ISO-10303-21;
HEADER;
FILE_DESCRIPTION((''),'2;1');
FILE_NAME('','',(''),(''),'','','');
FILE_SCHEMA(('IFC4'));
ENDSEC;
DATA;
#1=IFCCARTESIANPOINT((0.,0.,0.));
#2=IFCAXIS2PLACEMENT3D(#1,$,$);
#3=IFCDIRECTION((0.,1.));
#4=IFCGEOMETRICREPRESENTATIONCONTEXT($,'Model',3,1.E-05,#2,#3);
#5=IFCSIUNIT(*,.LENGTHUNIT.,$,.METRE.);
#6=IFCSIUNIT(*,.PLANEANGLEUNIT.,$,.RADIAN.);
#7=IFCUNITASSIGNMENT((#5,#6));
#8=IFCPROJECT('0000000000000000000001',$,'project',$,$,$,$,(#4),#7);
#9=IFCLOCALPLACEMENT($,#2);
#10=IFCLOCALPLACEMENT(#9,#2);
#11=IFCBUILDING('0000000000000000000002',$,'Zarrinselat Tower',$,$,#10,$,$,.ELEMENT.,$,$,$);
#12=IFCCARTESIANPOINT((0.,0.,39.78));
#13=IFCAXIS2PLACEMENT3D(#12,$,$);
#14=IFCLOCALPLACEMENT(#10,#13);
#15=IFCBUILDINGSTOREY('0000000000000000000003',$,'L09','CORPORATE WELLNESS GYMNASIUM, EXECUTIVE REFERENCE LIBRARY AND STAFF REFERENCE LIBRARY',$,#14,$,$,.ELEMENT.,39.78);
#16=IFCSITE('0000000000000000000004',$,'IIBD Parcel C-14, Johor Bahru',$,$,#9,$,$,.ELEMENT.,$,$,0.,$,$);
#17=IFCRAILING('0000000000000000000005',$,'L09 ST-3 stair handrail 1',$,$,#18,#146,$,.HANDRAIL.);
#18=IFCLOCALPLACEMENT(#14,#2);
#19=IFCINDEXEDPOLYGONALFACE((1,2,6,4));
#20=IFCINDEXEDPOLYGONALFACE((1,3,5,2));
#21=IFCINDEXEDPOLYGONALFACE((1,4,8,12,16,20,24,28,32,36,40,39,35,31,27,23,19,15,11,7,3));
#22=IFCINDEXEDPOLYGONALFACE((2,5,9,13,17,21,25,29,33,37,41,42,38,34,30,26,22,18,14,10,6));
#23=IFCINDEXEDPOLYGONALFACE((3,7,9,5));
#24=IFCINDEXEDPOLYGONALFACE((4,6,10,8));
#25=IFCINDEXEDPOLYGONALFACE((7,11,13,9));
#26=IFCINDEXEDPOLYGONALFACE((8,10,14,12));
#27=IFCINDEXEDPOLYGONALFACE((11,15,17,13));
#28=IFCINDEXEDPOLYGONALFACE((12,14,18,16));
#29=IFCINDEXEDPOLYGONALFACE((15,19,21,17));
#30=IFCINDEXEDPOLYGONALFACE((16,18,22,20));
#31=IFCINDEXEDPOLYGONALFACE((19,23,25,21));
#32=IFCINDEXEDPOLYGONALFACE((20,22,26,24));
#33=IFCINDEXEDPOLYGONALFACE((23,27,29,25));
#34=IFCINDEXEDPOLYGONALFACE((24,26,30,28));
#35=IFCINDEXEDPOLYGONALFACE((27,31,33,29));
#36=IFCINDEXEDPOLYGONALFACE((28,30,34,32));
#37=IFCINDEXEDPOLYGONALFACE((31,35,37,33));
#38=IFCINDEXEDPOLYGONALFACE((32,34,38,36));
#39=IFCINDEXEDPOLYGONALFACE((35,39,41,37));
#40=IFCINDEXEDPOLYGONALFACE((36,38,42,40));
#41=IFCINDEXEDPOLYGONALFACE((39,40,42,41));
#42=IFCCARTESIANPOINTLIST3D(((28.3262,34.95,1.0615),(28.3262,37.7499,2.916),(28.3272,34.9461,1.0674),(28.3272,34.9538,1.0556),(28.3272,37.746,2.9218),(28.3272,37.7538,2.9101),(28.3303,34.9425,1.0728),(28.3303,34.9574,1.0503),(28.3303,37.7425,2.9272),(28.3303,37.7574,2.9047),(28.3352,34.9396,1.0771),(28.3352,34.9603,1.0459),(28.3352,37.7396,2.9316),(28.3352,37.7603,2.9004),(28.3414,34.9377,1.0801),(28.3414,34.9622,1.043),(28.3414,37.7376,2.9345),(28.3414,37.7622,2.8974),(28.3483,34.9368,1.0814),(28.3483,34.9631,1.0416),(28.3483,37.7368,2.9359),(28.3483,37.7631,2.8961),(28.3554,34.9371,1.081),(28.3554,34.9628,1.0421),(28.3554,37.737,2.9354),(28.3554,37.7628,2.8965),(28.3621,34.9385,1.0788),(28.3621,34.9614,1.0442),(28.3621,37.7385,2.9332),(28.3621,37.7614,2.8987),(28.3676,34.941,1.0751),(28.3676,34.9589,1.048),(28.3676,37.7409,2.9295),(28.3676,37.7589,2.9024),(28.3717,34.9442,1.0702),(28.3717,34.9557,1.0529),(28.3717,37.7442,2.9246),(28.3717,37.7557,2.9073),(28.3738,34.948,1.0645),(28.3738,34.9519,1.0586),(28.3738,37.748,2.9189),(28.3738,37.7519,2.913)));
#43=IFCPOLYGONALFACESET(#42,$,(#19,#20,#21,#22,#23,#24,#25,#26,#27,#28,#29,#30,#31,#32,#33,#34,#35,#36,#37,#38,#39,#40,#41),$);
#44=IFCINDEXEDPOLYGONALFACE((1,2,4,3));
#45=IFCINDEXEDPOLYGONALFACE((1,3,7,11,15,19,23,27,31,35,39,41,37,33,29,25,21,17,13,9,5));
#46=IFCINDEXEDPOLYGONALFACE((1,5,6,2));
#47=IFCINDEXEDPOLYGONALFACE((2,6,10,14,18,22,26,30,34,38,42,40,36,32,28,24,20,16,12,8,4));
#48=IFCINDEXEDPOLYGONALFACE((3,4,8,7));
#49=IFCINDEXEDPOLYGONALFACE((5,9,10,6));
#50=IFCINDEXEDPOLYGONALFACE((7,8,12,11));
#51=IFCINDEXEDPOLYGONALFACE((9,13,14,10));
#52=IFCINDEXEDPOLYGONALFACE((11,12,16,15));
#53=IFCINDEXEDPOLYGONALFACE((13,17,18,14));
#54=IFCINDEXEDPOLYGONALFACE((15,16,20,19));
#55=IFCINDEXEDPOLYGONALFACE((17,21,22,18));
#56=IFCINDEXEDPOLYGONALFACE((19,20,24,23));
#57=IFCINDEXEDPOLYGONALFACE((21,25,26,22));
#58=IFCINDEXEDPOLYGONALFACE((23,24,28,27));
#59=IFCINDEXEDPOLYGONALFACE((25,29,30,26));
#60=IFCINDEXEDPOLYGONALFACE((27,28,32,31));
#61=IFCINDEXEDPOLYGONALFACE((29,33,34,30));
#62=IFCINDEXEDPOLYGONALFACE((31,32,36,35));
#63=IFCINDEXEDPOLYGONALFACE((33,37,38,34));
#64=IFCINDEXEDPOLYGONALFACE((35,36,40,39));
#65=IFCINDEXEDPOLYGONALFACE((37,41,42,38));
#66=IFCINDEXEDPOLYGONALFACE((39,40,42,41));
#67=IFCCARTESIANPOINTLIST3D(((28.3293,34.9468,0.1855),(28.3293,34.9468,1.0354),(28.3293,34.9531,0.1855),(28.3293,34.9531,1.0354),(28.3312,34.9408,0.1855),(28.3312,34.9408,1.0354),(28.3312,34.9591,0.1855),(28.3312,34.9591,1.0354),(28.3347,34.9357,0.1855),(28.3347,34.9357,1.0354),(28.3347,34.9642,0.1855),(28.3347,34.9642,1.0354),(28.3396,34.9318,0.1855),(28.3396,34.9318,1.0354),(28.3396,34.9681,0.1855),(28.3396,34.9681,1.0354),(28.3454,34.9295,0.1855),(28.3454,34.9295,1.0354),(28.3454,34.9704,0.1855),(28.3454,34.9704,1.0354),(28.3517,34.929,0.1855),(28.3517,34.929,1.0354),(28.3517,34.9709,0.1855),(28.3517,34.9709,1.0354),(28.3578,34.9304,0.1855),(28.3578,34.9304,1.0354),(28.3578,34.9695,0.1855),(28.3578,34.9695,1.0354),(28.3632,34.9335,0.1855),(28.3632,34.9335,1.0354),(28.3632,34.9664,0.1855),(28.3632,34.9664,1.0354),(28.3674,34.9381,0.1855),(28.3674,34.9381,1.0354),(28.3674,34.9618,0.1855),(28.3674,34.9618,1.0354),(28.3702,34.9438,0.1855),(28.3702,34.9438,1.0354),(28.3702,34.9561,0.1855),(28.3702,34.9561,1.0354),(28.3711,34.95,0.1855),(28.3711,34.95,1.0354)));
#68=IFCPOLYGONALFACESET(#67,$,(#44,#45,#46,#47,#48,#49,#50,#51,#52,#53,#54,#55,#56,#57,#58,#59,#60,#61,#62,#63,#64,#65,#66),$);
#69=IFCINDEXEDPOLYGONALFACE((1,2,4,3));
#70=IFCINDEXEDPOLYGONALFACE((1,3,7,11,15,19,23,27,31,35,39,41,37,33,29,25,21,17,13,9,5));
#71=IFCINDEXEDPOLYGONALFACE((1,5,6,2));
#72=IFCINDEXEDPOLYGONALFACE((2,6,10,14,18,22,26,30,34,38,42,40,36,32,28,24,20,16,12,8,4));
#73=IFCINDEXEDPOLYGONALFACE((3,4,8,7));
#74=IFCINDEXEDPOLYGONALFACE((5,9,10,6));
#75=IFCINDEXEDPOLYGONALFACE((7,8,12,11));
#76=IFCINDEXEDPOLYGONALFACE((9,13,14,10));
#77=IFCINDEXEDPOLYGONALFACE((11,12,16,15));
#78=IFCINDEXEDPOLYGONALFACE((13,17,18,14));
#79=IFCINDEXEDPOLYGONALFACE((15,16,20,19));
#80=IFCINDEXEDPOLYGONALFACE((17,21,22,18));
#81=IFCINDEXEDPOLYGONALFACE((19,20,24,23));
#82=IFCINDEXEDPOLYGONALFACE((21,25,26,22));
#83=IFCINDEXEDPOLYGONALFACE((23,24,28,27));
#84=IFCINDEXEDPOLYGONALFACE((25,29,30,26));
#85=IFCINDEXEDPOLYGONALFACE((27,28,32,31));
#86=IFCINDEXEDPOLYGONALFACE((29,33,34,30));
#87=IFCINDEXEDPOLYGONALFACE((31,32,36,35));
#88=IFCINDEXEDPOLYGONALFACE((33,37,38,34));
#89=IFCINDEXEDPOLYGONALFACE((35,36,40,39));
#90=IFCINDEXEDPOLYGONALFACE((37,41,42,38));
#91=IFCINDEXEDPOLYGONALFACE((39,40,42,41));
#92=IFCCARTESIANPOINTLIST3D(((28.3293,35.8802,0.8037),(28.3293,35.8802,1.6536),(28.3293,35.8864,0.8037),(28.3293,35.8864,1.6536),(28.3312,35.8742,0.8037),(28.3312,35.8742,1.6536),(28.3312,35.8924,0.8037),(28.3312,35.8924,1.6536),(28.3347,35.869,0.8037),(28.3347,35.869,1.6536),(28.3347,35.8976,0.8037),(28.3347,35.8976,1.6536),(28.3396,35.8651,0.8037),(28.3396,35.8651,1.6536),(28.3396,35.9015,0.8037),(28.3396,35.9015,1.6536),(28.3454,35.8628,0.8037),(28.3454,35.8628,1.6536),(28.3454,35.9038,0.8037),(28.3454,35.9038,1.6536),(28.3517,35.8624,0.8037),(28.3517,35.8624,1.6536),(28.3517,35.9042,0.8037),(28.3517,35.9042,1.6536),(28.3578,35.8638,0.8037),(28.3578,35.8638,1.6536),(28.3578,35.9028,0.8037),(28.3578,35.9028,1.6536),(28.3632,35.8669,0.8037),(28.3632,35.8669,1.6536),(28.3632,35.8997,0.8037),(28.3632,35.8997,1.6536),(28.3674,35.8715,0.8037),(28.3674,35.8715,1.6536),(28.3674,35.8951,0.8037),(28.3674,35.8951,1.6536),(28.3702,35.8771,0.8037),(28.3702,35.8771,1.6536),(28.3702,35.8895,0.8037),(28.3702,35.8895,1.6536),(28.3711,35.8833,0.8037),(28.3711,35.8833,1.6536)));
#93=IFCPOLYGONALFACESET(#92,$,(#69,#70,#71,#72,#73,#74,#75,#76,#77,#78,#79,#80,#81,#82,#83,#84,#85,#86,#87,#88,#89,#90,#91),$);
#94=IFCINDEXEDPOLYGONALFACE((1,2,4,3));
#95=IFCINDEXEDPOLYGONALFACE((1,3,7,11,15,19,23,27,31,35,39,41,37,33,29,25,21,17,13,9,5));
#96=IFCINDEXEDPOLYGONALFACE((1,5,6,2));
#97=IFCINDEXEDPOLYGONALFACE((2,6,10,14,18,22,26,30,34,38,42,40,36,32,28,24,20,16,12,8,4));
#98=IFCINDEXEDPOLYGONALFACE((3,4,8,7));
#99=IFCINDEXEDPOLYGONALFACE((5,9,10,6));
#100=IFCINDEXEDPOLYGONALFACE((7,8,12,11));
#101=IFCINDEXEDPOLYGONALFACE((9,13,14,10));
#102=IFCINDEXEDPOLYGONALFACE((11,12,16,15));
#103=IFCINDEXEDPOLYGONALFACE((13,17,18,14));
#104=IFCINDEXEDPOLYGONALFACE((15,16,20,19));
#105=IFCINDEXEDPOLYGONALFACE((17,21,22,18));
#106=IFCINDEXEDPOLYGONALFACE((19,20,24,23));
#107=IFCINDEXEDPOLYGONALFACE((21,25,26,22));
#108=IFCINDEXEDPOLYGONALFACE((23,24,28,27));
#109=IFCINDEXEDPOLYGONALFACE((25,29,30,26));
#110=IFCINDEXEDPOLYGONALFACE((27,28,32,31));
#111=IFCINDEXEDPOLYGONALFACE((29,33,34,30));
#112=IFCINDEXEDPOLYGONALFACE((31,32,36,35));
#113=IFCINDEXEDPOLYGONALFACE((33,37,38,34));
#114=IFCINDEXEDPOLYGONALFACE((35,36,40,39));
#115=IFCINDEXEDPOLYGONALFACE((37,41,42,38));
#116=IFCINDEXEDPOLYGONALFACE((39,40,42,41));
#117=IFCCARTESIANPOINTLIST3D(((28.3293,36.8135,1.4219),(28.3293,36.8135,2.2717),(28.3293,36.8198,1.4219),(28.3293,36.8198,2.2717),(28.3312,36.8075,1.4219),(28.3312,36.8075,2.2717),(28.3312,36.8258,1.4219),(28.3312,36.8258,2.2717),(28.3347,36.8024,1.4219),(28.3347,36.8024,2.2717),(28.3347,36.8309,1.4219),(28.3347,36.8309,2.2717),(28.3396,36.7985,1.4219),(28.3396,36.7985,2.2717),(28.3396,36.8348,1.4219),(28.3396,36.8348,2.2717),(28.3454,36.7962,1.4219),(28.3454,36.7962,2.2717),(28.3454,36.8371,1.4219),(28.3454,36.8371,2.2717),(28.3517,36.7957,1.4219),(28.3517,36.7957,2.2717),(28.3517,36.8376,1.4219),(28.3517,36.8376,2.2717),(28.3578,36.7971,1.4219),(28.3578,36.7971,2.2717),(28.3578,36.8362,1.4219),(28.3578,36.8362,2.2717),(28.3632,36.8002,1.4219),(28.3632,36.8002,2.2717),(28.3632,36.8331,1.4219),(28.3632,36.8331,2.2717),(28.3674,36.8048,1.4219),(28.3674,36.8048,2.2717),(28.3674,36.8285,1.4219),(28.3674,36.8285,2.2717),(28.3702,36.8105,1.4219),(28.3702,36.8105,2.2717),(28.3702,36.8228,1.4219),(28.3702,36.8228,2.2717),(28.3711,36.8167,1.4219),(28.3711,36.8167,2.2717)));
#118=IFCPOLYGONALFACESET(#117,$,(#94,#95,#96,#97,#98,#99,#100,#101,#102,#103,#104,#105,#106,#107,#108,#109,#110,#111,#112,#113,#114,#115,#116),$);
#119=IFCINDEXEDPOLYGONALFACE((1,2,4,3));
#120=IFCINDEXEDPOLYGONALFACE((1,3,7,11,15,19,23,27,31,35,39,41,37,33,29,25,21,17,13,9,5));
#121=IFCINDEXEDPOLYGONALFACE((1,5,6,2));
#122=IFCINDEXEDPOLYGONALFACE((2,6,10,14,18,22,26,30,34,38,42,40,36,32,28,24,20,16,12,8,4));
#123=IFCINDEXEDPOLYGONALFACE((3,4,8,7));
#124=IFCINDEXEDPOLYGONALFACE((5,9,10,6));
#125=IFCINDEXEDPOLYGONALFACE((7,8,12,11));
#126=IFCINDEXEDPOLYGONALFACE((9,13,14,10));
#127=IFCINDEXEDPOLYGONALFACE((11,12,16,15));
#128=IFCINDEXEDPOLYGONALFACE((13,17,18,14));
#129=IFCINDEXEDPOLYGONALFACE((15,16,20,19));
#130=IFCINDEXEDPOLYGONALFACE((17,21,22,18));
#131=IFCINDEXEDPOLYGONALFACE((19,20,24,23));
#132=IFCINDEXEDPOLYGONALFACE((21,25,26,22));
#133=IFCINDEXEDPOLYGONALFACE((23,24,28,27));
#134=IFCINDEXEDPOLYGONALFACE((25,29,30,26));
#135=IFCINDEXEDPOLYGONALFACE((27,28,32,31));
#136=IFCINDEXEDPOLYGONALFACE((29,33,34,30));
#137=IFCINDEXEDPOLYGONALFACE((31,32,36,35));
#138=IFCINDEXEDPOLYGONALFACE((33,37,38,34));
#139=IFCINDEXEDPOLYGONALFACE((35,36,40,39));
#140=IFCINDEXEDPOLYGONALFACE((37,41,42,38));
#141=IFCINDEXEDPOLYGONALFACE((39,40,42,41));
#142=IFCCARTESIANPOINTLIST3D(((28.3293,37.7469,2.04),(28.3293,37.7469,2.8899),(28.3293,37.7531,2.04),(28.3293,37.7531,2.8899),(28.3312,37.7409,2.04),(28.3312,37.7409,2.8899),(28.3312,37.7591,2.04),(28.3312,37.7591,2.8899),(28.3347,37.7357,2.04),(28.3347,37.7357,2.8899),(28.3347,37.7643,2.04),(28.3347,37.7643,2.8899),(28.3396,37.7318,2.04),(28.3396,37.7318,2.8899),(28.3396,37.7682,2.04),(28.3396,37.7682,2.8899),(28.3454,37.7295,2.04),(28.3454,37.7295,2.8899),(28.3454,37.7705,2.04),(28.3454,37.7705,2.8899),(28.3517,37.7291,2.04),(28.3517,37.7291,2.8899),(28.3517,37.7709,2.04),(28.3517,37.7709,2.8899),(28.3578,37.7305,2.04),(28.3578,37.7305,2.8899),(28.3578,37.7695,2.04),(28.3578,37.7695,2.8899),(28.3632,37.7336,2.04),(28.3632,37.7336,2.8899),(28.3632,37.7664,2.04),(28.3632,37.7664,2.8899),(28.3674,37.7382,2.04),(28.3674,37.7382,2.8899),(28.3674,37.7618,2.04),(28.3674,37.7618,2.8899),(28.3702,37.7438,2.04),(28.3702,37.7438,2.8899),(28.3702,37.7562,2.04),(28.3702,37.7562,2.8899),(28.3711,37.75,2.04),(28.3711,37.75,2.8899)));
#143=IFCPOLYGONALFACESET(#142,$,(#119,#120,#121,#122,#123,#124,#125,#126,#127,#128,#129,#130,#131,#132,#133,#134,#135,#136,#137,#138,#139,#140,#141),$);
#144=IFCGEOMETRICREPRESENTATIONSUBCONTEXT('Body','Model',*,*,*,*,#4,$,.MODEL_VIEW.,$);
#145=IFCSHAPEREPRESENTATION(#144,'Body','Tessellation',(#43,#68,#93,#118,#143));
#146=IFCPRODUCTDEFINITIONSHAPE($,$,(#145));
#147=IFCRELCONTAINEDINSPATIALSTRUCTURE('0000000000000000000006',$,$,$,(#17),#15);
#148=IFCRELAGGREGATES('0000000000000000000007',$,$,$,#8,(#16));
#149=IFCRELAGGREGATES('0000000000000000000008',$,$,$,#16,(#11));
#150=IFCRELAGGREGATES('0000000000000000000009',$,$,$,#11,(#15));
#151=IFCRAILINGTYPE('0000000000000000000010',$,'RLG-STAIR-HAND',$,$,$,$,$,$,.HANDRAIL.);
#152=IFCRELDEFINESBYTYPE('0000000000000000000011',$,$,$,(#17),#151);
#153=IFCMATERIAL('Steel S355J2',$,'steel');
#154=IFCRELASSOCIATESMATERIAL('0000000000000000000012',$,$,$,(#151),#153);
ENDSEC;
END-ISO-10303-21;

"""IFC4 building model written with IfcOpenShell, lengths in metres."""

from ifc_helpers import new_model, si_unit, direction, frame, origin, origin_2d, place, context, subcontext, project, spatial, circle, extrude, material, type_object, element, save


model = new_model("IFC4")

# Units and contexts
model_context = context("Model", 3, precision=1e-05, world=origin(), true_north=direction((0.0, 1.0)))
body_context = subcontext(model_context, "Body", "Model", "MODEL_VIEW")
ifc_project = project(units=[si_unit("LENGTHUNIT", "METRE"), si_unit("PLANEANGLEUNIT", "RADIAN")], contexts=[model_context])

# Site, building, storey
site_placement = place(None, origin())
site = spatial("IfcSite", under=ifc_project, at=site_placement, Name="IIBD Parcel C-14, Johor Bahru", CompositionType="ELEMENT", RefElevation=0.0)
building_placement = place(site_placement, origin())
building = spatial("IfcBuilding", under=site, at=building_placement, Name="Zarrinselat Tower", CompositionType="ELEMENT")
storey_placement = place(building_placement, frame((0.0, 0.0, 39.78)))
storey = spatial("IfcBuildingStorey", under=building, at=storey_placement, Name="L09", Description="CORPORATE WELLNESS GYMNASIUM, EXECUTIVE REFERENCE LIBRARY AND STAFF REFERENCE LIBRARY", CompositionType="ELEMENT", Elevation=39.78)

# Railing
ifc_material_1 = material(Name="Steel S355J2", Category="steel")
railing_type_1 = type_object("IfcRailingType", Name="RLG-STAIR-HAND", PredefinedType="HANDRAIL", material=ifc_material_1)
railing_1_placement = place(storey_placement, frame((28.3501, 34.95, 0.1855)))
element("IfcRailing", 1, at=railing_1_placement, inside=storey, type_object=railing_type_1, Name="L09 ST-3 stair handrail 1", PredefinedType="HANDRAIL", context=body_context, shape_type="SweptSolid", body=[
    extrude(circle(Radius=0.0239, at=origin_2d()), frame((0.0, 0.0, 0.876), z_axis=(0.0, 0.833724, 0.552181), x_axis=(-1.0, 0.0, 0.0)), (0.0, 0.0, 1.0), 3.3584),
    extrude(circle(Radius=0.021, at=origin_2d()), origin(), (0.0, 0.0, 1.0), 0.8499),
    extrude(circle(Radius=0.021, at=origin_2d()), frame((0.0, 0.9333, 0.6182)), (0.0, 0.0, 1.0), 0.8499),
    extrude(circle(Radius=0.021, at=origin_2d()), frame((0.0, 1.8667, 1.2363)), (0.0, 0.0, 1.0), 0.8499),
    extrude(circle(Radius=0.021, at=origin_2d()), frame((0.0, 2.8, 1.8545)), (0.0, 0.0, 1.0), 0.8499),
])

save(model, "model.ifc")
